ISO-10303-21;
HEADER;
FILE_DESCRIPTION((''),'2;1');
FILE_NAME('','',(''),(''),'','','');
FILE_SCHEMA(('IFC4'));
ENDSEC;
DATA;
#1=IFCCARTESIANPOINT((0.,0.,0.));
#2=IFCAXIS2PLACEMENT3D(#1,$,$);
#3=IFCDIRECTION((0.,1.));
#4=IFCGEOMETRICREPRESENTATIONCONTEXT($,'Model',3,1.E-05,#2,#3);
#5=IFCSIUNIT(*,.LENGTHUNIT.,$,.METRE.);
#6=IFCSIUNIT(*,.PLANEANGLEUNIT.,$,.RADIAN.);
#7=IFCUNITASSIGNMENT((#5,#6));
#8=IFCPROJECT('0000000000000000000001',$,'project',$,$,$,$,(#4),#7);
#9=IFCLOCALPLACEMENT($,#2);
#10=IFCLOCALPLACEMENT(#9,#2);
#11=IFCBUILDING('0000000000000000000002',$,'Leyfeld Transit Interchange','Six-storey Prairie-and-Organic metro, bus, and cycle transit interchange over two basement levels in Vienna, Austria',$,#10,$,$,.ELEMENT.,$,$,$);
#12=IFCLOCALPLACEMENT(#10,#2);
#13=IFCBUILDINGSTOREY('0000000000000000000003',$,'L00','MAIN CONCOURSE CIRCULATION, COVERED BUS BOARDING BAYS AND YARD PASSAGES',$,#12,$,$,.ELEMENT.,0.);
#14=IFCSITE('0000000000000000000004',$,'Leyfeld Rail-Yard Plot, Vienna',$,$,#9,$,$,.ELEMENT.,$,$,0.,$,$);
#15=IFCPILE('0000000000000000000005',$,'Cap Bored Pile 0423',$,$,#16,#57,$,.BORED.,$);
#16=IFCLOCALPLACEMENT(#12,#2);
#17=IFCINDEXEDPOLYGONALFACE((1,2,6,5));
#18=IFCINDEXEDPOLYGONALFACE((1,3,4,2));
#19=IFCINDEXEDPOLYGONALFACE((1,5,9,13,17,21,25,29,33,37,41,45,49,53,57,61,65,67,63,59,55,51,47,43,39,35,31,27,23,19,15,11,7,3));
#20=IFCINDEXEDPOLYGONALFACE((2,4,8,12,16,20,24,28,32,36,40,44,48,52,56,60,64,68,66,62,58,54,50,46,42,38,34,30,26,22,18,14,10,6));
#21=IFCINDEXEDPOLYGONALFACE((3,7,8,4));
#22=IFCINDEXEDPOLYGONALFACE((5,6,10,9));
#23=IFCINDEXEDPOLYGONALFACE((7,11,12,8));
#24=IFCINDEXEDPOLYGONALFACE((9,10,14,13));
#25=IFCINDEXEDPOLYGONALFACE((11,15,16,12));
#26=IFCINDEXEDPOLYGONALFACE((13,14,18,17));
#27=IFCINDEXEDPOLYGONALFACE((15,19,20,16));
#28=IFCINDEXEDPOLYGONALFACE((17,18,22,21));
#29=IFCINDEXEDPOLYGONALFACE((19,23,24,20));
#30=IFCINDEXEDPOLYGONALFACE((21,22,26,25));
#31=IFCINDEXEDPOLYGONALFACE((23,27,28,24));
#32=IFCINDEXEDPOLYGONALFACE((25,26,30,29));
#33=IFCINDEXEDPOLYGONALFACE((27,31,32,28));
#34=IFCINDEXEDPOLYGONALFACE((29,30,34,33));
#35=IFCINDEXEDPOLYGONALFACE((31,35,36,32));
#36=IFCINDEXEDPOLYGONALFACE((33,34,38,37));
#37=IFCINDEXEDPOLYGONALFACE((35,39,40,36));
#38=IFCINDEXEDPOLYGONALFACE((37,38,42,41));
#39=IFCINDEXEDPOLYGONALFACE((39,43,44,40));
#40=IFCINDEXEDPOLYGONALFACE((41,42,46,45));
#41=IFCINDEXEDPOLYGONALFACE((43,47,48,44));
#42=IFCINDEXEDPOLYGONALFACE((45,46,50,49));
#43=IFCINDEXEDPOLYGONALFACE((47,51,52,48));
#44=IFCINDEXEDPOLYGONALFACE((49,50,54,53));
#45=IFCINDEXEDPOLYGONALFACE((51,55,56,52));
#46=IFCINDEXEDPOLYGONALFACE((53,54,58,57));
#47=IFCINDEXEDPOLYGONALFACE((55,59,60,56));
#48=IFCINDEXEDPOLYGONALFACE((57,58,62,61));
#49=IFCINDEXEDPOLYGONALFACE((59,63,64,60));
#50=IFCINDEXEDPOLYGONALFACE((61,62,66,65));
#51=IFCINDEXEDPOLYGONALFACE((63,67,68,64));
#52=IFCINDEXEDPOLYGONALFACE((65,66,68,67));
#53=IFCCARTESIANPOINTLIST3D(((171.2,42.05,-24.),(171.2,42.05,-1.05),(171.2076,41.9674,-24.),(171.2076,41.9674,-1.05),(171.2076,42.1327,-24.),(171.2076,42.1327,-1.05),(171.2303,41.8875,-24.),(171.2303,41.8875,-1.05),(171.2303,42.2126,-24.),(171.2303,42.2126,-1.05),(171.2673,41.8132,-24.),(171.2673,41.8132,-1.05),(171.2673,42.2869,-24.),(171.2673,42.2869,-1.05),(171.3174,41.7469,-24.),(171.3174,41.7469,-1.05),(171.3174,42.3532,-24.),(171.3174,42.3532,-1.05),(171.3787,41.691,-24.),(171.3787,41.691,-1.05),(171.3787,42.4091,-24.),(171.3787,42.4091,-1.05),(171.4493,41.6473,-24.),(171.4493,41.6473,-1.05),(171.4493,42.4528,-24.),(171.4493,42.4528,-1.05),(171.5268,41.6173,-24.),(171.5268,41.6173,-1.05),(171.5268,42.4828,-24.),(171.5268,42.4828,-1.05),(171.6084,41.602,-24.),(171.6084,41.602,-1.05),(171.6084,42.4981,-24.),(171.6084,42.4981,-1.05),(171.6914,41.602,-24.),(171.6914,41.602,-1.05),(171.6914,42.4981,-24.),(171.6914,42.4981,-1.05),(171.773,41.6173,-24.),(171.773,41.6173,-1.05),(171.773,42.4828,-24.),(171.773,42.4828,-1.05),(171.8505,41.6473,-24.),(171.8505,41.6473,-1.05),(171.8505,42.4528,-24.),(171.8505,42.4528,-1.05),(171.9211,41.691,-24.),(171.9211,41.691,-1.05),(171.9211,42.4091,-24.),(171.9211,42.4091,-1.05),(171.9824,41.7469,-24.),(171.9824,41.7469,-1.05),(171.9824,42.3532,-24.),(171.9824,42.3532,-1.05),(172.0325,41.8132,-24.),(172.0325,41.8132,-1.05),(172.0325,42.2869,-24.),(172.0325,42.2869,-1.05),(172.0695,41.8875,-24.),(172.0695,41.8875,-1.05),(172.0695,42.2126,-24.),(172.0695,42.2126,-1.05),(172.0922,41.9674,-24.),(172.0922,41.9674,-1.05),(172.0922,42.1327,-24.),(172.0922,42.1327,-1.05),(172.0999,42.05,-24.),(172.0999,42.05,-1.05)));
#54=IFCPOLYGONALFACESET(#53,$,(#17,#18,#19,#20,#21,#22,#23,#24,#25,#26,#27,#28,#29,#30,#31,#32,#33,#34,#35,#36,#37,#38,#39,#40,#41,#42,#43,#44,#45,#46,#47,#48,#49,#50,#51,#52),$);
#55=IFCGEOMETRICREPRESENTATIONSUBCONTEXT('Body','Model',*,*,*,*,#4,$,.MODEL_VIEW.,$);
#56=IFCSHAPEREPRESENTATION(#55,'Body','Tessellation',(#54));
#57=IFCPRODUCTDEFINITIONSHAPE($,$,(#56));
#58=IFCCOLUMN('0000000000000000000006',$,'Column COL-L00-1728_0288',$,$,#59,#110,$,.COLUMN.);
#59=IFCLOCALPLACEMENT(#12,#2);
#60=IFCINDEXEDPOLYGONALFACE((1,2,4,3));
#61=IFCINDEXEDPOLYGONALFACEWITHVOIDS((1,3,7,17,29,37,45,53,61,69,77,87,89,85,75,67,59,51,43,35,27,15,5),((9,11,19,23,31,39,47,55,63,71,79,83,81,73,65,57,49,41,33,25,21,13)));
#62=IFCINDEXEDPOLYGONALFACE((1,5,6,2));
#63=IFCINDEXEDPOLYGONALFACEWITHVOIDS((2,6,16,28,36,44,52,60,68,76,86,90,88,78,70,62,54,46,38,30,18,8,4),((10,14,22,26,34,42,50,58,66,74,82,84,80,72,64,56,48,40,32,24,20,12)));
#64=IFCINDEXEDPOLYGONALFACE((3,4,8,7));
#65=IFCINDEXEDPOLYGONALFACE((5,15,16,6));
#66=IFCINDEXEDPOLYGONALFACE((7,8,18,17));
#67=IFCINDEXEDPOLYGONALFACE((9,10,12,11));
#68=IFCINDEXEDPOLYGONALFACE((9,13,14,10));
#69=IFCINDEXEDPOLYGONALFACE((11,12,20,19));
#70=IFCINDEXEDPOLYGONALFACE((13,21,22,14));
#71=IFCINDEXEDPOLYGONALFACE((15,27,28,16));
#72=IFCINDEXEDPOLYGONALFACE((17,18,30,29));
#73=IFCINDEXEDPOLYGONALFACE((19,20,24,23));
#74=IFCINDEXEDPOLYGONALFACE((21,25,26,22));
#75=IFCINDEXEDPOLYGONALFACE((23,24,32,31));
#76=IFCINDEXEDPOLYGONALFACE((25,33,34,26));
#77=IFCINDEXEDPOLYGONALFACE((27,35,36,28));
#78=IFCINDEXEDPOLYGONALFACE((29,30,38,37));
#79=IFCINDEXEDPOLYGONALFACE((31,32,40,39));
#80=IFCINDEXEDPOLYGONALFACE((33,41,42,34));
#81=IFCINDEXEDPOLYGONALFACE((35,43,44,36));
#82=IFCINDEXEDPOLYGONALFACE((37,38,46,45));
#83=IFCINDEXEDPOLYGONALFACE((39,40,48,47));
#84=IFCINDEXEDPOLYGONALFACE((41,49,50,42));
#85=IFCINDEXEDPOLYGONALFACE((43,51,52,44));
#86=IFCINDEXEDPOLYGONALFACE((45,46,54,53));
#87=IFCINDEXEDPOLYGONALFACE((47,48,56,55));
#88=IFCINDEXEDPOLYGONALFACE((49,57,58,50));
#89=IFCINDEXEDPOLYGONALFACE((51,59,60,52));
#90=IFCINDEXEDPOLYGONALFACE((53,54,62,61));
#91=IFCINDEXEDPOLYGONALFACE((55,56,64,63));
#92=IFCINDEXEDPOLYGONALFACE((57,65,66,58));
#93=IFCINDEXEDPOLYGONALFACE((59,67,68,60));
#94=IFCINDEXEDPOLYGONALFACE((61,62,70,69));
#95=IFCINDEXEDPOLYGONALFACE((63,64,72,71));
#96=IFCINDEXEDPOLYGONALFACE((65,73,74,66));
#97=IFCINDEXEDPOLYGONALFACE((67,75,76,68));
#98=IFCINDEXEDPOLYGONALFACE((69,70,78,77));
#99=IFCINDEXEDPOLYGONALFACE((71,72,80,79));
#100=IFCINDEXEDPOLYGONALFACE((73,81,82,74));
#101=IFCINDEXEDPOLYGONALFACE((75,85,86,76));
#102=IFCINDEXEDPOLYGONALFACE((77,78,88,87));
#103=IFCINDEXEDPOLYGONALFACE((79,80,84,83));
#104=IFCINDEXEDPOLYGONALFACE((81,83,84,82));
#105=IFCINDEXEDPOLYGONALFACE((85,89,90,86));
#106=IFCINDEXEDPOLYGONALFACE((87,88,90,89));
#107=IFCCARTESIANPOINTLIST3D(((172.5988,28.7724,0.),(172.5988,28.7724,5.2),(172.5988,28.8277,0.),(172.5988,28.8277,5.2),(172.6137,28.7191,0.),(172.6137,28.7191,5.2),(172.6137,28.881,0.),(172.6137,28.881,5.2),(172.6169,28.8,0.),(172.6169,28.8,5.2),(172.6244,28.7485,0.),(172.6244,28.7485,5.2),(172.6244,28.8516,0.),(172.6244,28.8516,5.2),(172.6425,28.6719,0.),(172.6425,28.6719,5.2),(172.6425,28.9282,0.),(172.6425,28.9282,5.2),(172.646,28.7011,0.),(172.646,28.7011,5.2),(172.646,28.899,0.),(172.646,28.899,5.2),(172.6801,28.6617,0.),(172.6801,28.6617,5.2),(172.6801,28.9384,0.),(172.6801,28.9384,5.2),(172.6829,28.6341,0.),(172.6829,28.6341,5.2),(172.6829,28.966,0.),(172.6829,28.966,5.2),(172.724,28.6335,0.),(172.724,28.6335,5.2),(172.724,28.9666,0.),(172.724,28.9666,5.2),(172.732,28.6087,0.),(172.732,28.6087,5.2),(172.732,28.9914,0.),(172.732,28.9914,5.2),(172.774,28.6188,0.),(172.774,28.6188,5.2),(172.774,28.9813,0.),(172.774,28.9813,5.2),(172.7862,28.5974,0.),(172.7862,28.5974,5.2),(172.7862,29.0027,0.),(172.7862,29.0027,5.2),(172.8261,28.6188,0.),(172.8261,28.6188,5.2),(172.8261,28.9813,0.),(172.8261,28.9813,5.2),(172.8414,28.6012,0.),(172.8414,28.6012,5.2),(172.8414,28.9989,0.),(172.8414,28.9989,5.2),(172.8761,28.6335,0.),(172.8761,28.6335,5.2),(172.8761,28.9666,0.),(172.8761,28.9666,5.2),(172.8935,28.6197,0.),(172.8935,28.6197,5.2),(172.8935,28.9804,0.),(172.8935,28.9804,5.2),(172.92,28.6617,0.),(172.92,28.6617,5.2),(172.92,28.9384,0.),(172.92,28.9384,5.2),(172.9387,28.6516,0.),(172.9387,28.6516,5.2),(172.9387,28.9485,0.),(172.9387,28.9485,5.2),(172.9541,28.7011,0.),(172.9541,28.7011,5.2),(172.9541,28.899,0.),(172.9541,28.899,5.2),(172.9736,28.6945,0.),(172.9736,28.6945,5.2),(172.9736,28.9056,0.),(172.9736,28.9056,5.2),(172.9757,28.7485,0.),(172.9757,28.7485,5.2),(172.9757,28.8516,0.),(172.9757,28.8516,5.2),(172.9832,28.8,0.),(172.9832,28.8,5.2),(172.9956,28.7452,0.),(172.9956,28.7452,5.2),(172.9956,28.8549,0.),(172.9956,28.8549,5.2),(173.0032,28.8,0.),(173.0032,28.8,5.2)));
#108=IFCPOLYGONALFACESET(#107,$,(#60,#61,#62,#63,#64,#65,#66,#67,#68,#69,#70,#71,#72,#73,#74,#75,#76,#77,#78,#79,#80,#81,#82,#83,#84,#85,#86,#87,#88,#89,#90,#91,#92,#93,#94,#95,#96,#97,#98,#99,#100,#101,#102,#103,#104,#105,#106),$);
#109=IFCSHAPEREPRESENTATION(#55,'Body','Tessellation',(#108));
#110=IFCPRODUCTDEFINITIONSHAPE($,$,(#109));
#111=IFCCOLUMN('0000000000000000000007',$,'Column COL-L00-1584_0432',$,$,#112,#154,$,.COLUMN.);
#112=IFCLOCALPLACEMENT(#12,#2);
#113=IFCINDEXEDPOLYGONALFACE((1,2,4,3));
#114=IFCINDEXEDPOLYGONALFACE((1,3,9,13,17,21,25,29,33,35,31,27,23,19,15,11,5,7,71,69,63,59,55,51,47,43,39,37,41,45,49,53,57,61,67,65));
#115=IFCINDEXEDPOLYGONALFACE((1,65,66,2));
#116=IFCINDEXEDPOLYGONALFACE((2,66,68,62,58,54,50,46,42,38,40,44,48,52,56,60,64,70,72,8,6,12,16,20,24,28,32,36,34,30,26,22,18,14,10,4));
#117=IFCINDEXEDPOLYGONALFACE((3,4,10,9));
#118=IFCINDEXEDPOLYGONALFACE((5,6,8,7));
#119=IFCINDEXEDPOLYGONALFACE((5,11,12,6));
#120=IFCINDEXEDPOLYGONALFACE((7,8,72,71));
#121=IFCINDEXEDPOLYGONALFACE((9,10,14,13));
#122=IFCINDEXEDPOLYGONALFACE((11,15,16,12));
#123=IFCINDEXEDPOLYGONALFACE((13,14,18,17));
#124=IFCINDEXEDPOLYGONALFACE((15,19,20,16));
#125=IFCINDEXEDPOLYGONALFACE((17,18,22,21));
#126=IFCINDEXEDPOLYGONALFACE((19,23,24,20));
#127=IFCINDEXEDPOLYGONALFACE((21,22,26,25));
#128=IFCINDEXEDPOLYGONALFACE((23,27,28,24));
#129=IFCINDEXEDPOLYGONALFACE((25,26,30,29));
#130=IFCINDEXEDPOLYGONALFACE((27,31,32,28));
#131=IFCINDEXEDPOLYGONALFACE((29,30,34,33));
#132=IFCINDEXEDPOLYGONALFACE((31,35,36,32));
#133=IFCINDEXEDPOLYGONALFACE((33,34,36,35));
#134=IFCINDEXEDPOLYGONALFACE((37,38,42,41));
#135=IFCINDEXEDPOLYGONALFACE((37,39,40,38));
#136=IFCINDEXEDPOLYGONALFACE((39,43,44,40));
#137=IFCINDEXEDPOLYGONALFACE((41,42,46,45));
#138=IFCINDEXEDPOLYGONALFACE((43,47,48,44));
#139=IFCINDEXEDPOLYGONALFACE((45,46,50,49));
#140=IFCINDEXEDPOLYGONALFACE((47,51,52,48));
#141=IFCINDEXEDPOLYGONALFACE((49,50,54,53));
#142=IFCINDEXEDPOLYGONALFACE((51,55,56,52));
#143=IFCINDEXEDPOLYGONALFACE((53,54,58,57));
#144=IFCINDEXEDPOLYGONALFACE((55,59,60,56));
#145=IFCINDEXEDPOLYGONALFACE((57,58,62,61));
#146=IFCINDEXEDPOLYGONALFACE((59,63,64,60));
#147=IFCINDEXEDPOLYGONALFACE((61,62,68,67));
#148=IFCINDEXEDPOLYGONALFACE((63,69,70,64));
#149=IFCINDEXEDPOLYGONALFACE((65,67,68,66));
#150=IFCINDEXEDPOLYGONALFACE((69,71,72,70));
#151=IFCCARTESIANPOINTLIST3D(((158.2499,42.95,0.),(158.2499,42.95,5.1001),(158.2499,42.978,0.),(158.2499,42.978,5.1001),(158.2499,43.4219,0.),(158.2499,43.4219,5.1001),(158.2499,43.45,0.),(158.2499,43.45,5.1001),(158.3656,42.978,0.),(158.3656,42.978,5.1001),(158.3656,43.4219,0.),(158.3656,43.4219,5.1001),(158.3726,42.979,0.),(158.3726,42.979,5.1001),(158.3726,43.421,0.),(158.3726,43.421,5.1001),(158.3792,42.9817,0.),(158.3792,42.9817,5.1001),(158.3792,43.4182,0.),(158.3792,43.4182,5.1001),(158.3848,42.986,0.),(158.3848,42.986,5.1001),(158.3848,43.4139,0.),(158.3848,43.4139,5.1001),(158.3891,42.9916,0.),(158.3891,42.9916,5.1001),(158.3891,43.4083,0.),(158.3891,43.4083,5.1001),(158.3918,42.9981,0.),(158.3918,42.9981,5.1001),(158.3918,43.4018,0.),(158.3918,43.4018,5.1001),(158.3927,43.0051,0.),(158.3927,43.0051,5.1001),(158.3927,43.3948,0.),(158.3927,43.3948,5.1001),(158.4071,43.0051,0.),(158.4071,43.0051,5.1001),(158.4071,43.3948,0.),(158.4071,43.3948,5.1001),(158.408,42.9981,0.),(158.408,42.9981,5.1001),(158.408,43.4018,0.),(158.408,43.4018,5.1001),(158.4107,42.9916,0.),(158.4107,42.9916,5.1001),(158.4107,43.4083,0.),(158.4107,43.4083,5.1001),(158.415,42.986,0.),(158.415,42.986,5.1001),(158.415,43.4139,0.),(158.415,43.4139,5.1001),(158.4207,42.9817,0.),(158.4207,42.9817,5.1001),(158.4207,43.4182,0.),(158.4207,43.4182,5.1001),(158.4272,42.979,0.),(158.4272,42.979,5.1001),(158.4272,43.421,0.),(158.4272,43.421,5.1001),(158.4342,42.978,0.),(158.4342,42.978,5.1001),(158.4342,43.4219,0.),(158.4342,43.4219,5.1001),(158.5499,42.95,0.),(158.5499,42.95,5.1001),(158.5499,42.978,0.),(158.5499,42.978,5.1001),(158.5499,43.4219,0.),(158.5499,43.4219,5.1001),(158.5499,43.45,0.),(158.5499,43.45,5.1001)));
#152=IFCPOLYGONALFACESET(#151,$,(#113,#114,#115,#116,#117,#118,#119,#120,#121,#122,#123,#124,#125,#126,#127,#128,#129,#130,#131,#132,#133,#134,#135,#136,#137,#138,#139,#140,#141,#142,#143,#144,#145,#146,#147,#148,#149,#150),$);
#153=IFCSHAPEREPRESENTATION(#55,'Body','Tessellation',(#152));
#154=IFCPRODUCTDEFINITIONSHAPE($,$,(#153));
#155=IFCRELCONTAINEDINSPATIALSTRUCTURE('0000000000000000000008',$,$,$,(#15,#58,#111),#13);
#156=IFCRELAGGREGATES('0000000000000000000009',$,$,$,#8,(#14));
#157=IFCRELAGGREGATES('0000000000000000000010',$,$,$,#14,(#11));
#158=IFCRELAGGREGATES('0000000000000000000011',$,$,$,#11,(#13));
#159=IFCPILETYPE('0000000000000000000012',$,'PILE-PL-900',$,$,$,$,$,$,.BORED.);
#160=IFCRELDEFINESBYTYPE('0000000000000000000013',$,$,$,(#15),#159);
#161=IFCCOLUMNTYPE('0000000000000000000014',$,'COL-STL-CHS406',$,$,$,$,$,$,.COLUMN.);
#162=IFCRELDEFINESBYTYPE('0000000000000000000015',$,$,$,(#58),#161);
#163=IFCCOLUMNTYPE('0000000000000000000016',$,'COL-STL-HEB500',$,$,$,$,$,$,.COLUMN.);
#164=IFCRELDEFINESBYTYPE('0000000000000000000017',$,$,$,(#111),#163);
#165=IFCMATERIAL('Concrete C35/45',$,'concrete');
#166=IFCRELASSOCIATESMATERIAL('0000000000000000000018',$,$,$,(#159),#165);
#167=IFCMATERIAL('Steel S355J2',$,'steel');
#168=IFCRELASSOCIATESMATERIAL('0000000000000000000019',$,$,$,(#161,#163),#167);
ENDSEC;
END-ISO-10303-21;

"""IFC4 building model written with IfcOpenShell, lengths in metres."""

from ifc_helpers import new_model, si_unit, direction, frame, origin, origin_2d, place, context, subcontext, project, spatial, circle, hollow_circle, i_section, extrude, material, material_profile, profile_set, type_object, element, save


model = new_model("IFC4")

# Units and contexts
model_context = context("Model", 3, precision=1e-05, world=origin(), true_north=direction((0.0, 1.0)))
body_context = subcontext(model_context, "Body", "Model", "MODEL_VIEW")
ifc_project = project(units=[si_unit("LENGTHUNIT", "METRE"), si_unit("PLANEANGLEUNIT", "RADIAN")], contexts=[model_context])

# Site, building, storey
site_placement = place(None, origin())
site = spatial("IfcSite", under=ifc_project, at=site_placement, Name="Leyfeld Rail-Yard Plot, Vienna", CompositionType="ELEMENT", RefElevation=0.0)
building_placement = place(site_placement, origin())
building = spatial("IfcBuilding", under=site, at=building_placement, Name="Leyfeld Transit Interchange", Description="Six-storey Prairie-and-Organic metro, bus, and cycle transit interchange over two basement levels in Vienna, Austria", CompositionType="ELEMENT")
storey_placement = place(building_placement, origin())
storey = spatial("IfcBuildingStorey", under=building, at=storey_placement, Name="L00", Description="MAIN CONCOURSE CIRCULATION, COVERED BUS BOARDING BAYS AND YARD PASSAGES", CompositionType="ELEMENT", Elevation=0.0)

# Shared definitions
ifc_material_1 = material(Name="Concrete C35/45", Category="concrete")

# Pile
ifc_material_profile_1 = material_profile(ifc_material_1, circle(Radius=0.45, at=origin_2d()), Name="PILE D900")
ifc_profile_set_1 = profile_set([ifc_material_profile_1], Name="Concrete C35/45")
pile_type = type_object("IfcPileType", Name="PILE-PL-900", PredefinedType="BORED", material=ifc_profile_set_1)
for number, where, z_axis, x_axis, name in (
    (1, (171.6499, 42.05, -1.05), (0.0, 0.0, -1.0), (1.0, 0.0, 0.0), "Cap Bored Pile 0423"),
):
    element("IfcPile", number, at=place(storey_placement, frame(where, z_axis=z_axis, x_axis=x_axis)), inside=storey, type_object=pile_type, Name=name, PredefinedType="BORED", context=body_context, shape_type="SweptSolid", body=[
        extrude(circle(Radius=0.45, at=origin_2d()), origin(), (0.0, 0.0, 1.0), 22.95),
    ])

# Columns
ifc_material_2 = material(Name="Steel S355J2", Category="steel")
ifc_material_profile_2 = material_profile(ifc_material_2, hollow_circle(Radius=0.2031, WallThickness=0.02, at=origin_2d()), Name="CHS 406.4x20")
ifc_profile_set_2 = profile_set([ifc_material_profile_2], Name="Steel S355J2")
column_type_1 = type_object("IfcColumnType", Name="COL-STL-CHS406", PredefinedType="COLUMN", material=ifc_profile_set_2)
column_1_placement = place(storey_placement, frame((172.8, 28.8, 0.0), z_axis=(0.0, 0.0, 1.0), x_axis=(1.0, 0.0, 0.0)))
element("IfcColumn", 2, at=column_1_placement, inside=storey, type_object=column_type_1, Name="Column COL-L00-1728_0288", PredefinedType="COLUMN", context=body_context, shape_type="SweptSolid", body=[
    extrude(hollow_circle(Radius=0.2031, WallThickness=0.02, at=origin_2d()), origin(), (0.0, 0.0, 1.0), 5.2),
])
ifc_material_profile_3 = material_profile(ifc_material_2, i_section(OverallWidth=0.3, OverallDepth=0.5, WebThickness=0.0144, FlangeThickness=0.0281, FilletRadius=0.0271, at=origin_2d()), Name="HEB 500")
ifc_profile_set_3 = profile_set([ifc_material_profile_3], Name="Steel S355J2")
column_type_2 = type_object("IfcColumnType", Name="COL-STL-HEB500", PredefinedType="COLUMN", material=ifc_profile_set_3)
column_2_placement = place(storey_placement, frame((158.3999, 43.2, 0.0), z_axis=(0.0, 0.0, 1.0), x_axis=(1.0, 0.0, 0.0)))
element("IfcColumn", 3, at=column_2_placement, inside=storey, type_object=column_type_2, Name="Column COL-L00-1584_0432", PredefinedType="COLUMN", context=body_context, shape_type="SweptSolid", body=[
    extrude(i_section(OverallWidth=0.3, OverallDepth=0.5, WebThickness=0.0144, FlangeThickness=0.0281, FilletRadius=0.0271, at=origin_2d()), origin(), (0.0, 0.0, 1.0), 5.1001),
])

save(model, "model.ifc")
